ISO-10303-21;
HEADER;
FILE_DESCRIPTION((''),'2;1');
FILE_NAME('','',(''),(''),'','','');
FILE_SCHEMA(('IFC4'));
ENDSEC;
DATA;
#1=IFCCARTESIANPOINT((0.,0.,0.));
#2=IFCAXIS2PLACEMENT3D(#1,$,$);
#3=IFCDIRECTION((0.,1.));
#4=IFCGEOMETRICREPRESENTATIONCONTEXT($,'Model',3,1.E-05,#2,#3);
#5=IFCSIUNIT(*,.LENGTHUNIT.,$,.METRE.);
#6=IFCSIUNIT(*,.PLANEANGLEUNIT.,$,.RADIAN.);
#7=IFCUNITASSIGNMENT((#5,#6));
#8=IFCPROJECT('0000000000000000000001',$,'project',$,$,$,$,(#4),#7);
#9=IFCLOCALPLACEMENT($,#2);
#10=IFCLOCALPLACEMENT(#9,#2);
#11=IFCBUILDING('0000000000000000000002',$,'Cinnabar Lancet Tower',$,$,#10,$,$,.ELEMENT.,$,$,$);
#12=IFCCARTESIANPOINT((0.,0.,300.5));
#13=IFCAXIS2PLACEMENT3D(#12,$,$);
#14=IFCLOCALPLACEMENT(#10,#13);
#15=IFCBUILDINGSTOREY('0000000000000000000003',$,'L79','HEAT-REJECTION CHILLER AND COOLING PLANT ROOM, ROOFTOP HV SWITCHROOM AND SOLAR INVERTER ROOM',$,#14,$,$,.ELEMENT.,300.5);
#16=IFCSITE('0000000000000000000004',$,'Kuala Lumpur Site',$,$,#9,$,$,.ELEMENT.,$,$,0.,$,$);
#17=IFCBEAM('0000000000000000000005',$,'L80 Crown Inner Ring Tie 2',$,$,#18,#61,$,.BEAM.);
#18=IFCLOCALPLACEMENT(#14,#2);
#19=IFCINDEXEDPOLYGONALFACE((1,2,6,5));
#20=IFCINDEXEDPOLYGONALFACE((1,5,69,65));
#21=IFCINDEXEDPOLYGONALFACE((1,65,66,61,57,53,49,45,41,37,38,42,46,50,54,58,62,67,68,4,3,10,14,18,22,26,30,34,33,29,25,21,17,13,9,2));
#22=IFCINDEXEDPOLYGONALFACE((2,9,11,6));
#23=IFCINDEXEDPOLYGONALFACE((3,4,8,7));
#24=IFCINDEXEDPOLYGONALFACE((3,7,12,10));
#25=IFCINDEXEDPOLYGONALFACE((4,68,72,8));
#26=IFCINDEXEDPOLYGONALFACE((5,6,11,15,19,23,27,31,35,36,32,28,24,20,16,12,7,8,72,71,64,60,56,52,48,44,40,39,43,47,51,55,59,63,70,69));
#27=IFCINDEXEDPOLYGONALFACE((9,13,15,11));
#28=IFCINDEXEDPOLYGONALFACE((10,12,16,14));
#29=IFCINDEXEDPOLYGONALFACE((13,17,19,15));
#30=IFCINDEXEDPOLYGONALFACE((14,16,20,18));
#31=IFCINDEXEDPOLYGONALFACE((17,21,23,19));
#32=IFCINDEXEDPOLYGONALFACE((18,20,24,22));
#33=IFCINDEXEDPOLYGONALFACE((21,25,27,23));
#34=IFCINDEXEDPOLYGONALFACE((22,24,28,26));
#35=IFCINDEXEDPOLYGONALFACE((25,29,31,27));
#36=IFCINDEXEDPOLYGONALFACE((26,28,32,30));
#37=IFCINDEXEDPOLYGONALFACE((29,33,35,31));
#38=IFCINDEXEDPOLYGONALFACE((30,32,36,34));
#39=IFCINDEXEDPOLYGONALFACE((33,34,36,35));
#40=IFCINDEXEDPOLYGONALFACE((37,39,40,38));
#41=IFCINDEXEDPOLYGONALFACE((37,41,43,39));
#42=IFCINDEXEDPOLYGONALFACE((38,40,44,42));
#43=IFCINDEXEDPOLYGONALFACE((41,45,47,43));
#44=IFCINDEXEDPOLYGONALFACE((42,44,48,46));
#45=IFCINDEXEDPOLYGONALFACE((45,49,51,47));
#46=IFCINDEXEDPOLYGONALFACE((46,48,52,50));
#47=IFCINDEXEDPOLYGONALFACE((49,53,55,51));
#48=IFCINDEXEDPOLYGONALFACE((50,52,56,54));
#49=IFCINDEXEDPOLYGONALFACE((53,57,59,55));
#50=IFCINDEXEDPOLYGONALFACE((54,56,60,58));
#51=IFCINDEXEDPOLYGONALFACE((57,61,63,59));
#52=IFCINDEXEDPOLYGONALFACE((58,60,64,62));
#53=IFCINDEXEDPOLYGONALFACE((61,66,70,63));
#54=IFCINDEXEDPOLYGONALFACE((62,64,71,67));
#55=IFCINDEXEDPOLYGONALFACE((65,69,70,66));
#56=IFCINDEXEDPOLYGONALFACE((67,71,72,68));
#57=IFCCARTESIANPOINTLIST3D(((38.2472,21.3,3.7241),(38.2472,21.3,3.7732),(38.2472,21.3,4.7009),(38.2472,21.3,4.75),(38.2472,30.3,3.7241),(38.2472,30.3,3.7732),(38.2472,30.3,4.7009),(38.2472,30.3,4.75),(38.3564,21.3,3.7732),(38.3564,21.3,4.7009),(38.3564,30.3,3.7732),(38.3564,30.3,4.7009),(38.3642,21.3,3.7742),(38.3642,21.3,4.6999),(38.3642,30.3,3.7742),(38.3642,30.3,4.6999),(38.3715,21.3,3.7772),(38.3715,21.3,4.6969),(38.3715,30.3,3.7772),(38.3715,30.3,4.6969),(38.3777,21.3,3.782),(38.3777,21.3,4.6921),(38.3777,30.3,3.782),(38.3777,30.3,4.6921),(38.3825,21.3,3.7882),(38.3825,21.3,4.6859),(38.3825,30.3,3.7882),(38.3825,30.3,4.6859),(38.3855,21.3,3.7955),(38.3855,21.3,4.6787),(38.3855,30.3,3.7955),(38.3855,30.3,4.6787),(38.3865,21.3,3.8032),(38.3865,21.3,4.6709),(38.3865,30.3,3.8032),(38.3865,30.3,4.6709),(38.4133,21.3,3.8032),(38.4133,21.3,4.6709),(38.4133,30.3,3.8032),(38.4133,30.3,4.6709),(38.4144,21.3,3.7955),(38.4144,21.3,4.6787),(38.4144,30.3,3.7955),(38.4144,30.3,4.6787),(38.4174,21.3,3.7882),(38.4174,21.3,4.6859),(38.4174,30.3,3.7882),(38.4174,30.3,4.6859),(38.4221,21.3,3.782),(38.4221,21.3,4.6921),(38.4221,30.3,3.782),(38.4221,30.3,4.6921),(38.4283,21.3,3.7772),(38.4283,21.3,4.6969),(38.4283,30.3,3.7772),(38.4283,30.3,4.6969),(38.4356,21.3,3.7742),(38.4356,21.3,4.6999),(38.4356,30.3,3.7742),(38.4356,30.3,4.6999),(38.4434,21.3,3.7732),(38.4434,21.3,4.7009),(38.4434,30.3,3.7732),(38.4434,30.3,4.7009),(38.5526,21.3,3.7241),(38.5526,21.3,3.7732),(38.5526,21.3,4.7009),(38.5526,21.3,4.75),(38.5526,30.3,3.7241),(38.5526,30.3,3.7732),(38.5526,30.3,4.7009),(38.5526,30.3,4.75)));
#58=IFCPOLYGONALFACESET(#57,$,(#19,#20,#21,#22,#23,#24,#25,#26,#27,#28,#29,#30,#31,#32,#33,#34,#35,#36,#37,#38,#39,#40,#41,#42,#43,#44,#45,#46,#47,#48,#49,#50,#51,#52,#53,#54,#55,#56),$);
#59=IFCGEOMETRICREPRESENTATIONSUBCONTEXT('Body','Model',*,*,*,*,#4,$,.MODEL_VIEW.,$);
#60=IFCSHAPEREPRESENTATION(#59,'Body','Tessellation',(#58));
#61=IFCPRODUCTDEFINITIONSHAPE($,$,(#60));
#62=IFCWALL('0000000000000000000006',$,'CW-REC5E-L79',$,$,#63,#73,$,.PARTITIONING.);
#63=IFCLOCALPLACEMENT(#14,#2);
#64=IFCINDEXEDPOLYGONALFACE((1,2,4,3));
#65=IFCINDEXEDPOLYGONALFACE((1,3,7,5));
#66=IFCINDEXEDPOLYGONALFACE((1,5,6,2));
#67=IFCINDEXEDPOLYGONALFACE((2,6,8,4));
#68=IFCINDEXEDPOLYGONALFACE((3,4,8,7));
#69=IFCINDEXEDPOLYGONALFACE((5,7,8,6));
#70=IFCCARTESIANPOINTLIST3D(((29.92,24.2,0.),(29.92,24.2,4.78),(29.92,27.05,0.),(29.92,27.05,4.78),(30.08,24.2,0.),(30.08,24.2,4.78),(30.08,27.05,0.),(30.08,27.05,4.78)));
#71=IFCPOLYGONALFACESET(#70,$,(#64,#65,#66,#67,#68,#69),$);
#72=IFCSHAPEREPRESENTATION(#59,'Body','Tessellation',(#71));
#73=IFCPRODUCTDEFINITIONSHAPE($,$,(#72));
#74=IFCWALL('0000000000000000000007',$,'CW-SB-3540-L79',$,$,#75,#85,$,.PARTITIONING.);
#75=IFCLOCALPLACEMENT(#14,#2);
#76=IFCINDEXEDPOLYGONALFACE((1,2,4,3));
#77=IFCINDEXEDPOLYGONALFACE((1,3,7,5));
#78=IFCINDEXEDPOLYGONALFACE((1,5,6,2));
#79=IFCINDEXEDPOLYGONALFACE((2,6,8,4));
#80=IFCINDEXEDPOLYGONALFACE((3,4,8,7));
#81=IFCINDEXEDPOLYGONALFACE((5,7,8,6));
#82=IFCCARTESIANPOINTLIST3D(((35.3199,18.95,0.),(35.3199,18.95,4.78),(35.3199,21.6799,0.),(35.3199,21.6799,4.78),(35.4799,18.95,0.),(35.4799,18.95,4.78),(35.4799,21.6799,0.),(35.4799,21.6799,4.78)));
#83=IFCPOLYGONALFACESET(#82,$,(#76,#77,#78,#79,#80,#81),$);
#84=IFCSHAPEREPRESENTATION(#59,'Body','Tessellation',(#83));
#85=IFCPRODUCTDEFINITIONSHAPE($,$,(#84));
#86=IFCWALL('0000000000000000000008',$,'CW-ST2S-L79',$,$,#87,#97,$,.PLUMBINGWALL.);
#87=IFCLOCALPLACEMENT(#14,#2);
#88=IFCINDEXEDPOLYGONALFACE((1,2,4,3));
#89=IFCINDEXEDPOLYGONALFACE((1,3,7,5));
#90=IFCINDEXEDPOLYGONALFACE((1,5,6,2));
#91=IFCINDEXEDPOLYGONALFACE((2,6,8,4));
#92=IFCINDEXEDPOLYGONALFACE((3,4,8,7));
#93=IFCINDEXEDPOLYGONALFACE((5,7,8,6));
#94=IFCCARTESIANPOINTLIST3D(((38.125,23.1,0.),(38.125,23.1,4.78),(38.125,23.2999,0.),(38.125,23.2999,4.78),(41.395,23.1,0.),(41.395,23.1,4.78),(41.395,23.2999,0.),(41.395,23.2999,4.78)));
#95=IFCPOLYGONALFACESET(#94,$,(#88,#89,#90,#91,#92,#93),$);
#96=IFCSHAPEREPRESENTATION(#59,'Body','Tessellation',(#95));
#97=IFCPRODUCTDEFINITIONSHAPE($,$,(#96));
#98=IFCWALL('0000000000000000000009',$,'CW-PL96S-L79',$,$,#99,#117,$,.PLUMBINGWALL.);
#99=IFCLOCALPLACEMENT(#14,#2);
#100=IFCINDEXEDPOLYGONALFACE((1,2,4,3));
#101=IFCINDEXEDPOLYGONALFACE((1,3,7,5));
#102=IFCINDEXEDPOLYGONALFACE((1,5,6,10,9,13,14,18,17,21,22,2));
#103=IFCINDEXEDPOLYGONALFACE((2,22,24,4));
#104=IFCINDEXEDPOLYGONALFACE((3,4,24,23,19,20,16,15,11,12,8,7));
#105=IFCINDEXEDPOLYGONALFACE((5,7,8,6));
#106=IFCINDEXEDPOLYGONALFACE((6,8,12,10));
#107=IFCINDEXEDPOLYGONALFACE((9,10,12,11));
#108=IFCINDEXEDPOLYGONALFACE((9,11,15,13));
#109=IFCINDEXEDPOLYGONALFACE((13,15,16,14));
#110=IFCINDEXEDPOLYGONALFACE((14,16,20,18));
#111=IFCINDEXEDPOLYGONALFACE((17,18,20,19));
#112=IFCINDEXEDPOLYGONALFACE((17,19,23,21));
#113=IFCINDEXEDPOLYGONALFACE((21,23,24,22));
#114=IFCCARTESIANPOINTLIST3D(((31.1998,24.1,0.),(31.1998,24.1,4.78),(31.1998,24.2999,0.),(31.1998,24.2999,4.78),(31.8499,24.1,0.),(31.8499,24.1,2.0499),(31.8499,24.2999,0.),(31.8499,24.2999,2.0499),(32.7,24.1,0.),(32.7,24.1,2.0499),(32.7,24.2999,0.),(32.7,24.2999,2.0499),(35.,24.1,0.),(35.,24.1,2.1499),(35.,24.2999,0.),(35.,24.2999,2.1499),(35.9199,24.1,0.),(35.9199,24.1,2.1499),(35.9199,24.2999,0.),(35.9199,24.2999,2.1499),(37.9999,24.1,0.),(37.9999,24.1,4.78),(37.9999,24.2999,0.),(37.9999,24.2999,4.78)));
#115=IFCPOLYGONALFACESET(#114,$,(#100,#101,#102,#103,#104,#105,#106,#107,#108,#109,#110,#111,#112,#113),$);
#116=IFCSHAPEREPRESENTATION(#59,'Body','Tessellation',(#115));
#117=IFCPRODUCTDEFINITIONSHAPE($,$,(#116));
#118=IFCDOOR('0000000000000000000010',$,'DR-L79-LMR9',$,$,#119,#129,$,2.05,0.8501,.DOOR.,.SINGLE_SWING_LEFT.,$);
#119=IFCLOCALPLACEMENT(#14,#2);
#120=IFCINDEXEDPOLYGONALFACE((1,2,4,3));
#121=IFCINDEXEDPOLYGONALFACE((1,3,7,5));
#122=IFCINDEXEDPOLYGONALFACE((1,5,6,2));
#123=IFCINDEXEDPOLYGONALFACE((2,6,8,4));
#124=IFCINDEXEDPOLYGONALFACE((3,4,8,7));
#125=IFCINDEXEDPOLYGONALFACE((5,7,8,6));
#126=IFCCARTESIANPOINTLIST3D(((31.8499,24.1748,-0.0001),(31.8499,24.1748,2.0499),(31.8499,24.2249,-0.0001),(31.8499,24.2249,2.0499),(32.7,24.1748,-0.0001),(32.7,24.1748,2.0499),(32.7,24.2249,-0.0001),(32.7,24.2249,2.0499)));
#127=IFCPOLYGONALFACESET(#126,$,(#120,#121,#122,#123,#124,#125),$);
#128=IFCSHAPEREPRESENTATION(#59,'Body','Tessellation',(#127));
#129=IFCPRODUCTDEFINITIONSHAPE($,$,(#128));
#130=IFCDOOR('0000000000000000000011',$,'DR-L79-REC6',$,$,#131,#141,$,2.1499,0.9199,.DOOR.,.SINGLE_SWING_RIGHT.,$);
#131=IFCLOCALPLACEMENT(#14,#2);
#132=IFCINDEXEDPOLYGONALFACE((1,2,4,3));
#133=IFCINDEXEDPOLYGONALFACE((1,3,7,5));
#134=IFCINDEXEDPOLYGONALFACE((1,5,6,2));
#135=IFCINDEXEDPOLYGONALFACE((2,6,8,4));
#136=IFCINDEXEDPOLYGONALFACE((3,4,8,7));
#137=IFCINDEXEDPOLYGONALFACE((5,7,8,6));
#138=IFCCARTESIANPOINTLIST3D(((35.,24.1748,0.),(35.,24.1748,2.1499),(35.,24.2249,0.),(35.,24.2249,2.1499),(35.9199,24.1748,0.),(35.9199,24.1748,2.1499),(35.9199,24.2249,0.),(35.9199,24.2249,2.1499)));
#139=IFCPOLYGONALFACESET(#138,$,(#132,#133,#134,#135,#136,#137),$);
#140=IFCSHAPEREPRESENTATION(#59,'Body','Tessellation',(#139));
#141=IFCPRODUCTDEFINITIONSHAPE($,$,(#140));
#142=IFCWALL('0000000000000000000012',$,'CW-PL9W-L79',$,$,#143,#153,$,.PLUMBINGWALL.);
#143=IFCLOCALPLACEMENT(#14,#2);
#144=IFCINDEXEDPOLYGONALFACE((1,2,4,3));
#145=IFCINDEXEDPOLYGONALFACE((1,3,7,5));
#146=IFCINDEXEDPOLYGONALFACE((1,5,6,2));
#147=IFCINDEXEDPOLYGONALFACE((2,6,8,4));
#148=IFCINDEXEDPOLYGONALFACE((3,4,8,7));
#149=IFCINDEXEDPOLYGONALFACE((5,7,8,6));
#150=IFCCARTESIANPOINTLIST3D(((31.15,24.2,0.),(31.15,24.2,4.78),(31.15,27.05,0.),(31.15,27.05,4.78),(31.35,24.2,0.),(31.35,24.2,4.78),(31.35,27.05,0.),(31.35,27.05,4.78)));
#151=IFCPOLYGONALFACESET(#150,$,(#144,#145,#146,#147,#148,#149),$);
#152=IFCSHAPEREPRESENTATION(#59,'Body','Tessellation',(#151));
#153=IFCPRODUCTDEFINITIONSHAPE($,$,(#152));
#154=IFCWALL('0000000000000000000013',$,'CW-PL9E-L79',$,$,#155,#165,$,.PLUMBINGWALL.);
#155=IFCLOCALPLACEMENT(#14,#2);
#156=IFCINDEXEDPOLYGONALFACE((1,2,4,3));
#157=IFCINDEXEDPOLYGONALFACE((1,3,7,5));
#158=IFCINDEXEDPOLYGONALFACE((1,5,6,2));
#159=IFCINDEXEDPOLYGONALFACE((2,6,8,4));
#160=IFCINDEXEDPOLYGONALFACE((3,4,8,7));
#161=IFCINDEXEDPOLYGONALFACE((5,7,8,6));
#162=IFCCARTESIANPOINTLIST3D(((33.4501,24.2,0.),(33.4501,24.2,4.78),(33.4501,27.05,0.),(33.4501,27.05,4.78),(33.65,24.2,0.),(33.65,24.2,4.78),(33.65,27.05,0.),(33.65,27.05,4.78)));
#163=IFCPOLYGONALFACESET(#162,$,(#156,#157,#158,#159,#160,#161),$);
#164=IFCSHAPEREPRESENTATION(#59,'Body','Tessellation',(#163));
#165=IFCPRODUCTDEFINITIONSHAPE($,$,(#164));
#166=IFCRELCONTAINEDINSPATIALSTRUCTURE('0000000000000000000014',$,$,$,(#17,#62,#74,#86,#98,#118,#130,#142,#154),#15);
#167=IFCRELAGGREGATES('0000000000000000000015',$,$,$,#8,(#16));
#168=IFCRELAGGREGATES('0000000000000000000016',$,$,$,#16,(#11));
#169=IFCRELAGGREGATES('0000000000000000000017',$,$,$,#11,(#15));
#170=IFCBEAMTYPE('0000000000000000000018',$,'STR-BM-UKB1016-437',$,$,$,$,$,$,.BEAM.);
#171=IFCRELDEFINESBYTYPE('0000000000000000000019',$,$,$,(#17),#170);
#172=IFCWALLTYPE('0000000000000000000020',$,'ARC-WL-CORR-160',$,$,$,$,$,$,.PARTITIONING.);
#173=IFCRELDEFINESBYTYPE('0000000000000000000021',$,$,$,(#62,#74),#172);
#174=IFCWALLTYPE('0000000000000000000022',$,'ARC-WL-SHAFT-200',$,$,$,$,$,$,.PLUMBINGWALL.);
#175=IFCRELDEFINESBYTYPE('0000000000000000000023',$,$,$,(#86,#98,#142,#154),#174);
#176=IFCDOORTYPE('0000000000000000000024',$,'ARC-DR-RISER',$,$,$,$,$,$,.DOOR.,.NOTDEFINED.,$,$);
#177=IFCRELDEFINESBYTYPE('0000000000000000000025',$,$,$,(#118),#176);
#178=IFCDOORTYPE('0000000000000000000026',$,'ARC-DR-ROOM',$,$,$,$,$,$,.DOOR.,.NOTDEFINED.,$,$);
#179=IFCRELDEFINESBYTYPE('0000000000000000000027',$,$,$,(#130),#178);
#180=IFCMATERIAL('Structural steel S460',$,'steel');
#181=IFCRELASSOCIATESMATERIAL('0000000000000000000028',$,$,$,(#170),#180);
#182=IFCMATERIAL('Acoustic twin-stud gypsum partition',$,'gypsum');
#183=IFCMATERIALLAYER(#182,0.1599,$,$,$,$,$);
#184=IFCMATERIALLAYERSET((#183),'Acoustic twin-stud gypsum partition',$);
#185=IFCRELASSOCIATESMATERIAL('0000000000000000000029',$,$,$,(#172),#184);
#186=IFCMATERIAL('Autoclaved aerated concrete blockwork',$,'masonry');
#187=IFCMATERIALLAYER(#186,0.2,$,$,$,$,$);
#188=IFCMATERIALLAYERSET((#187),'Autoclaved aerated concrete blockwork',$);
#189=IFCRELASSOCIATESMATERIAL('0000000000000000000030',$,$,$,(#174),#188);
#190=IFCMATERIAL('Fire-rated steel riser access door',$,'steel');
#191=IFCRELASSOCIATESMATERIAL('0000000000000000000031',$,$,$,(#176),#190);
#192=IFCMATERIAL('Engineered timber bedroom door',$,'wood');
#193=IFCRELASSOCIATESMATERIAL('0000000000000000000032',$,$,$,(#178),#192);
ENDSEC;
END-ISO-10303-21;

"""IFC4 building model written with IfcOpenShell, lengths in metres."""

from ifc_helpers import new_model, si_unit, direction, frame, frame_2d, origin, origin_2d, place, context, subcontext, project, spatial, rectangle, i_section, extrude, material, layer, layer_set, material_profile, profile_set, type_object, element, fill, save


model = new_model("IFC4")

# Units and contexts
model_context = context("Model", 3, precision=1e-05, world=origin(), true_north=direction((0.0, 1.0)))
body_context = subcontext(model_context, "Body", "Model", "MODEL_VIEW")
ifc_project = project(units=[si_unit("LENGTHUNIT", "METRE"), si_unit("PLANEANGLEUNIT", "RADIAN")], contexts=[model_context])

# Site, building, storey
site_placement = place(None, origin())
site = spatial("IfcSite", under=ifc_project, at=site_placement, Name="Kuala Lumpur Site", CompositionType="ELEMENT", RefElevation=0.0)
building_placement = place(site_placement, origin())
building = spatial("IfcBuilding", under=site, at=building_placement, Name="Cinnabar Lancet Tower", CompositionType="ELEMENT")
storey_placement = place(building_placement, frame((0.0, 0.0, 300.5)))
storey = spatial("IfcBuildingStorey", under=building, at=storey_placement, Name="L79", Description="HEAT-REJECTION CHILLER AND COOLING PLANT ROOM, ROOFTOP HV SWITCHROOM AND SOLAR INVERTER ROOM", CompositionType="ELEMENT", Elevation=300.5)

# Beam
ifc_material_1 = material(Name="Structural steel S460", Category="steel")
ifc_material_profile_1 = material_profile(ifc_material_1, i_section(OverallWidth=0.3054, OverallDepth=1.0259, WebThickness=0.0269, FlangeThickness=0.0491, FilletRadius=0.03, at=origin_2d()), Name="UKB 1016x305x437")
ifc_profile_set_1 = profile_set([ifc_material_profile_1], Name="Structural steel S460")
beam_type_1 = type_object("IfcBeamType", Name="STR-BM-UKB1016-437", PredefinedType="BEAM", material=ifc_profile_set_1)
beam_1_placement = place(storey_placement, frame((38.3999, 21.3, 4.2371), z_axis=(0.0, 1.0, 0.0), x_axis=(-1.0, 0.0, 0.0)))
element("IfcBeam", 1, at=beam_1_placement, inside=storey, type_object=beam_type_1, Name="L80 Crown Inner Ring Tie 2", PredefinedType="BEAM", context=body_context, shape_type="SweptSolid", body=[
    extrude(i_section(OverallWidth=0.3054, OverallDepth=1.0259, WebThickness=0.0269, FlangeThickness=0.0491, FilletRadius=0.03, at=origin_2d()), origin(), (0.0, 0.0, 1.0), 9.0),
])

# Walls
ifc_material_2 = material(Name="Acoustic twin-stud gypsum partition", Category="gypsum")
ifc_layer_1 = layer(ifc_material_2, 0.1599)
ifc_layer_set_1 = layer_set([ifc_layer_1], Name="Acoustic twin-stud gypsum partition")
wall_type_1 = type_object("IfcWallType", Name="ARC-WL-CORR-160", PredefinedType="PARTITIONING", material=ifc_layer_set_1)
wall_1_placement = place(storey_placement, frame((30.0, 24.2, 0.0), z_axis=(0.0, 0.0, 1.0), x_axis=(0.0, 1.0, 0.0)))
element("IfcWall", 2, at=wall_1_placement, inside=storey, type_object=wall_type_1, Name="CW-REC5E-L79", PredefinedType="PARTITIONING", context=body_context, shape_type="SweptSolid", body=[
    extrude(rectangle(XDim=2.8501, YDim=0.1599, at=frame_2d((1.425, 0.0))), origin(), (0.0, 0.0, 1.0), 4.78),
])
wall_2_placement = place(storey_placement, frame((35.3999, 18.95, 0.0), z_axis=(0.0, 0.0, 1.0), x_axis=(0.0, 1.0, 0.0)))
element("IfcWall", 3, at=wall_2_placement, inside=storey, type_object=wall_type_1, Name="CW-SB-3540-L79", PredefinedType="PARTITIONING", context=body_context, shape_type="SweptSolid", body=[
    extrude(rectangle(XDim=2.73, YDim=0.1599, at=frame_2d((1.365, 0.0))), origin(), (0.0, 0.0, 1.0), 4.78),
])
ifc_material_3 = material(Name="Autoclaved aerated concrete blockwork", Category="masonry")
ifc_layer_2 = layer(ifc_material_3, 0.2)
ifc_layer_set_2 = layer_set([ifc_layer_2], Name="Autoclaved aerated concrete blockwork")
wall_type_2 = type_object("IfcWallType", Name="ARC-WL-SHAFT-200", PredefinedType="PLUMBINGWALL", material=ifc_layer_set_2)
wall_3_placement = place(storey_placement, frame((38.125, 23.2, 0.0), z_axis=(0.0, 0.0, 1.0), x_axis=(1.0, 0.0, 0.0)))
element("IfcWall", 4, at=wall_3_placement, inside=storey, type_object=wall_type_2, Name="CW-ST2S-L79", PredefinedType="PLUMBINGWALL", context=body_context, shape_type="SweptSolid", body=[
    extrude(rectangle(XDim=3.27, YDim=0.2, at=frame_2d((1.635, 0.0))), origin(), (0.0, 0.0, 1.0), 4.78),
])

# Wall, openings, doors
wall_4_placement = place(storey_placement, frame((31.2, 24.2, 0.0), z_axis=(0.0, 0.0, 1.0), x_axis=(1.0, 0.0, 0.0)))
wall_4 = element("IfcWall", 5, at=wall_4_placement, inside=storey, type_object=wall_type_2, Name="CW-PL96S-L79", PredefinedType="PLUMBINGWALL", context=body_context, shape_type="SweptSolid", body=[
    extrude(rectangle(XDim=6.8, YDim=0.2, at=frame_2d((3.3999, 0.0))), origin(), (0.0, 0.0, 1.0), 4.78),
])
opening_1_placement = place(wall_4_placement, frame((0.6499, 0.0, 0.0)))
opening_1 = element("IfcOpeningElement", 6, at=opening_1_placement, cuts=wall_4, PredefinedType="OPENING", context=body_context, shape_type="SweptSolid", body=[
    extrude(rectangle(XDim=0.8501, YDim=2.05, at=frame_2d((0.425, 1.0249))), frame((0.0, 0.1099, 0.0), z_axis=(0.0, -1.0, 0.0), x_axis=(1.0, 0.0, 0.0)), (0.0, 0.0, 1.0), 0.22),
])
opening_2_placement = place(wall_4_placement, frame((3.8, 0.0, 0.0)))
opening_2 = element("IfcOpeningElement", 7, at=opening_2_placement, cuts=wall_4, PredefinedType="OPENING", context=body_context, shape_type="SweptSolid", body=[
    extrude(rectangle(XDim=0.9199, YDim=2.1499, at=frame_2d((0.46, 1.075))), frame((0.0, 0.1099, 0.0), z_axis=(0.0, -1.0, 0.0), x_axis=(1.0, 0.0, 0.0)), (0.0, 0.0, 1.0), 0.22),
])
ifc_material_4 = material(Name="Fire-rated steel riser access door", Category="steel")
door_type_1 = type_object("IfcDoorType", Name="ARC-DR-RISER", OperationType="NOTDEFINED", PredefinedType="DOOR", material=ifc_material_4)
door_1_placement = place(opening_1_placement, origin())
door_1 = element("IfcDoor", 8, at=door_1_placement, inside=storey, type_object=door_type_1, Name="DR-L79-LMR9", OperationType="SINGLE_SWING_LEFT", OverallHeight=2.05, OverallWidth=0.8501, PredefinedType="DOOR", context=body_context, shape_type="SweptSolid", body=[
    extrude(rectangle(XDim=0.8501, YDim=2.05, at=frame_2d((0.425, 1.0249))), frame((0.0, 0.0249, 0.0), z_axis=(0.0, -1.0, 0.0), x_axis=(1.0, 0.0, 0.0)), (0.0, 0.0, 1.0), 0.05),
])
fill(opening_1, door_1)
ifc_material_5 = material(Name="Engineered timber bedroom door", Category="wood")
door_type_2 = type_object("IfcDoorType", Name="ARC-DR-ROOM", OperationType="NOTDEFINED", PredefinedType="DOOR", material=ifc_material_5)
door_2_placement = place(opening_2_placement, origin())
door_2 = element("IfcDoor", 9, at=door_2_placement, inside=storey, type_object=door_type_2, Name="DR-L79-REC6", OperationType="SINGLE_SWING_RIGHT", OverallHeight=2.1499, OverallWidth=0.9199, PredefinedType="DOOR", context=body_context, shape_type="SweptSolid", body=[
    extrude(rectangle(XDim=0.9199, YDim=2.1499, at=frame_2d((0.46, 1.075))), frame((0.0, 0.0249, 0.0), z_axis=(0.0, -1.0, 0.0), x_axis=(1.0, 0.0, 0.0)), (0.0, 0.0, 1.0), 0.05),
])
fill(opening_2, door_2)

# Walls
for number, where, z_axis, x_axis, name in (
    (10, (31.25, 24.2, 0.0), (0.0, 0.0, 1.0), (0.0, 1.0, 0.0), "CW-PL9W-L79"),
    (11, (33.55, 24.2, 0.0), (0.0, 0.0, 1.0), (0.0, 1.0, 0.0), "CW-PL9E-L79"),
):
    element("IfcWall", number, at=place(storey_placement, frame(where, z_axis=z_axis, x_axis=x_axis)), inside=storey, type_object=wall_type_2, Name=name, PredefinedType="PLUMBINGWALL", context=body_context, shape_type="SweptSolid", body=[
        extrude(rectangle(XDim=2.8501, YDim=0.2, at=frame_2d((1.425, 0.0))), origin(), (0.0, 0.0, 1.0), 4.78),
    ])

save(model, "model.ifc")
